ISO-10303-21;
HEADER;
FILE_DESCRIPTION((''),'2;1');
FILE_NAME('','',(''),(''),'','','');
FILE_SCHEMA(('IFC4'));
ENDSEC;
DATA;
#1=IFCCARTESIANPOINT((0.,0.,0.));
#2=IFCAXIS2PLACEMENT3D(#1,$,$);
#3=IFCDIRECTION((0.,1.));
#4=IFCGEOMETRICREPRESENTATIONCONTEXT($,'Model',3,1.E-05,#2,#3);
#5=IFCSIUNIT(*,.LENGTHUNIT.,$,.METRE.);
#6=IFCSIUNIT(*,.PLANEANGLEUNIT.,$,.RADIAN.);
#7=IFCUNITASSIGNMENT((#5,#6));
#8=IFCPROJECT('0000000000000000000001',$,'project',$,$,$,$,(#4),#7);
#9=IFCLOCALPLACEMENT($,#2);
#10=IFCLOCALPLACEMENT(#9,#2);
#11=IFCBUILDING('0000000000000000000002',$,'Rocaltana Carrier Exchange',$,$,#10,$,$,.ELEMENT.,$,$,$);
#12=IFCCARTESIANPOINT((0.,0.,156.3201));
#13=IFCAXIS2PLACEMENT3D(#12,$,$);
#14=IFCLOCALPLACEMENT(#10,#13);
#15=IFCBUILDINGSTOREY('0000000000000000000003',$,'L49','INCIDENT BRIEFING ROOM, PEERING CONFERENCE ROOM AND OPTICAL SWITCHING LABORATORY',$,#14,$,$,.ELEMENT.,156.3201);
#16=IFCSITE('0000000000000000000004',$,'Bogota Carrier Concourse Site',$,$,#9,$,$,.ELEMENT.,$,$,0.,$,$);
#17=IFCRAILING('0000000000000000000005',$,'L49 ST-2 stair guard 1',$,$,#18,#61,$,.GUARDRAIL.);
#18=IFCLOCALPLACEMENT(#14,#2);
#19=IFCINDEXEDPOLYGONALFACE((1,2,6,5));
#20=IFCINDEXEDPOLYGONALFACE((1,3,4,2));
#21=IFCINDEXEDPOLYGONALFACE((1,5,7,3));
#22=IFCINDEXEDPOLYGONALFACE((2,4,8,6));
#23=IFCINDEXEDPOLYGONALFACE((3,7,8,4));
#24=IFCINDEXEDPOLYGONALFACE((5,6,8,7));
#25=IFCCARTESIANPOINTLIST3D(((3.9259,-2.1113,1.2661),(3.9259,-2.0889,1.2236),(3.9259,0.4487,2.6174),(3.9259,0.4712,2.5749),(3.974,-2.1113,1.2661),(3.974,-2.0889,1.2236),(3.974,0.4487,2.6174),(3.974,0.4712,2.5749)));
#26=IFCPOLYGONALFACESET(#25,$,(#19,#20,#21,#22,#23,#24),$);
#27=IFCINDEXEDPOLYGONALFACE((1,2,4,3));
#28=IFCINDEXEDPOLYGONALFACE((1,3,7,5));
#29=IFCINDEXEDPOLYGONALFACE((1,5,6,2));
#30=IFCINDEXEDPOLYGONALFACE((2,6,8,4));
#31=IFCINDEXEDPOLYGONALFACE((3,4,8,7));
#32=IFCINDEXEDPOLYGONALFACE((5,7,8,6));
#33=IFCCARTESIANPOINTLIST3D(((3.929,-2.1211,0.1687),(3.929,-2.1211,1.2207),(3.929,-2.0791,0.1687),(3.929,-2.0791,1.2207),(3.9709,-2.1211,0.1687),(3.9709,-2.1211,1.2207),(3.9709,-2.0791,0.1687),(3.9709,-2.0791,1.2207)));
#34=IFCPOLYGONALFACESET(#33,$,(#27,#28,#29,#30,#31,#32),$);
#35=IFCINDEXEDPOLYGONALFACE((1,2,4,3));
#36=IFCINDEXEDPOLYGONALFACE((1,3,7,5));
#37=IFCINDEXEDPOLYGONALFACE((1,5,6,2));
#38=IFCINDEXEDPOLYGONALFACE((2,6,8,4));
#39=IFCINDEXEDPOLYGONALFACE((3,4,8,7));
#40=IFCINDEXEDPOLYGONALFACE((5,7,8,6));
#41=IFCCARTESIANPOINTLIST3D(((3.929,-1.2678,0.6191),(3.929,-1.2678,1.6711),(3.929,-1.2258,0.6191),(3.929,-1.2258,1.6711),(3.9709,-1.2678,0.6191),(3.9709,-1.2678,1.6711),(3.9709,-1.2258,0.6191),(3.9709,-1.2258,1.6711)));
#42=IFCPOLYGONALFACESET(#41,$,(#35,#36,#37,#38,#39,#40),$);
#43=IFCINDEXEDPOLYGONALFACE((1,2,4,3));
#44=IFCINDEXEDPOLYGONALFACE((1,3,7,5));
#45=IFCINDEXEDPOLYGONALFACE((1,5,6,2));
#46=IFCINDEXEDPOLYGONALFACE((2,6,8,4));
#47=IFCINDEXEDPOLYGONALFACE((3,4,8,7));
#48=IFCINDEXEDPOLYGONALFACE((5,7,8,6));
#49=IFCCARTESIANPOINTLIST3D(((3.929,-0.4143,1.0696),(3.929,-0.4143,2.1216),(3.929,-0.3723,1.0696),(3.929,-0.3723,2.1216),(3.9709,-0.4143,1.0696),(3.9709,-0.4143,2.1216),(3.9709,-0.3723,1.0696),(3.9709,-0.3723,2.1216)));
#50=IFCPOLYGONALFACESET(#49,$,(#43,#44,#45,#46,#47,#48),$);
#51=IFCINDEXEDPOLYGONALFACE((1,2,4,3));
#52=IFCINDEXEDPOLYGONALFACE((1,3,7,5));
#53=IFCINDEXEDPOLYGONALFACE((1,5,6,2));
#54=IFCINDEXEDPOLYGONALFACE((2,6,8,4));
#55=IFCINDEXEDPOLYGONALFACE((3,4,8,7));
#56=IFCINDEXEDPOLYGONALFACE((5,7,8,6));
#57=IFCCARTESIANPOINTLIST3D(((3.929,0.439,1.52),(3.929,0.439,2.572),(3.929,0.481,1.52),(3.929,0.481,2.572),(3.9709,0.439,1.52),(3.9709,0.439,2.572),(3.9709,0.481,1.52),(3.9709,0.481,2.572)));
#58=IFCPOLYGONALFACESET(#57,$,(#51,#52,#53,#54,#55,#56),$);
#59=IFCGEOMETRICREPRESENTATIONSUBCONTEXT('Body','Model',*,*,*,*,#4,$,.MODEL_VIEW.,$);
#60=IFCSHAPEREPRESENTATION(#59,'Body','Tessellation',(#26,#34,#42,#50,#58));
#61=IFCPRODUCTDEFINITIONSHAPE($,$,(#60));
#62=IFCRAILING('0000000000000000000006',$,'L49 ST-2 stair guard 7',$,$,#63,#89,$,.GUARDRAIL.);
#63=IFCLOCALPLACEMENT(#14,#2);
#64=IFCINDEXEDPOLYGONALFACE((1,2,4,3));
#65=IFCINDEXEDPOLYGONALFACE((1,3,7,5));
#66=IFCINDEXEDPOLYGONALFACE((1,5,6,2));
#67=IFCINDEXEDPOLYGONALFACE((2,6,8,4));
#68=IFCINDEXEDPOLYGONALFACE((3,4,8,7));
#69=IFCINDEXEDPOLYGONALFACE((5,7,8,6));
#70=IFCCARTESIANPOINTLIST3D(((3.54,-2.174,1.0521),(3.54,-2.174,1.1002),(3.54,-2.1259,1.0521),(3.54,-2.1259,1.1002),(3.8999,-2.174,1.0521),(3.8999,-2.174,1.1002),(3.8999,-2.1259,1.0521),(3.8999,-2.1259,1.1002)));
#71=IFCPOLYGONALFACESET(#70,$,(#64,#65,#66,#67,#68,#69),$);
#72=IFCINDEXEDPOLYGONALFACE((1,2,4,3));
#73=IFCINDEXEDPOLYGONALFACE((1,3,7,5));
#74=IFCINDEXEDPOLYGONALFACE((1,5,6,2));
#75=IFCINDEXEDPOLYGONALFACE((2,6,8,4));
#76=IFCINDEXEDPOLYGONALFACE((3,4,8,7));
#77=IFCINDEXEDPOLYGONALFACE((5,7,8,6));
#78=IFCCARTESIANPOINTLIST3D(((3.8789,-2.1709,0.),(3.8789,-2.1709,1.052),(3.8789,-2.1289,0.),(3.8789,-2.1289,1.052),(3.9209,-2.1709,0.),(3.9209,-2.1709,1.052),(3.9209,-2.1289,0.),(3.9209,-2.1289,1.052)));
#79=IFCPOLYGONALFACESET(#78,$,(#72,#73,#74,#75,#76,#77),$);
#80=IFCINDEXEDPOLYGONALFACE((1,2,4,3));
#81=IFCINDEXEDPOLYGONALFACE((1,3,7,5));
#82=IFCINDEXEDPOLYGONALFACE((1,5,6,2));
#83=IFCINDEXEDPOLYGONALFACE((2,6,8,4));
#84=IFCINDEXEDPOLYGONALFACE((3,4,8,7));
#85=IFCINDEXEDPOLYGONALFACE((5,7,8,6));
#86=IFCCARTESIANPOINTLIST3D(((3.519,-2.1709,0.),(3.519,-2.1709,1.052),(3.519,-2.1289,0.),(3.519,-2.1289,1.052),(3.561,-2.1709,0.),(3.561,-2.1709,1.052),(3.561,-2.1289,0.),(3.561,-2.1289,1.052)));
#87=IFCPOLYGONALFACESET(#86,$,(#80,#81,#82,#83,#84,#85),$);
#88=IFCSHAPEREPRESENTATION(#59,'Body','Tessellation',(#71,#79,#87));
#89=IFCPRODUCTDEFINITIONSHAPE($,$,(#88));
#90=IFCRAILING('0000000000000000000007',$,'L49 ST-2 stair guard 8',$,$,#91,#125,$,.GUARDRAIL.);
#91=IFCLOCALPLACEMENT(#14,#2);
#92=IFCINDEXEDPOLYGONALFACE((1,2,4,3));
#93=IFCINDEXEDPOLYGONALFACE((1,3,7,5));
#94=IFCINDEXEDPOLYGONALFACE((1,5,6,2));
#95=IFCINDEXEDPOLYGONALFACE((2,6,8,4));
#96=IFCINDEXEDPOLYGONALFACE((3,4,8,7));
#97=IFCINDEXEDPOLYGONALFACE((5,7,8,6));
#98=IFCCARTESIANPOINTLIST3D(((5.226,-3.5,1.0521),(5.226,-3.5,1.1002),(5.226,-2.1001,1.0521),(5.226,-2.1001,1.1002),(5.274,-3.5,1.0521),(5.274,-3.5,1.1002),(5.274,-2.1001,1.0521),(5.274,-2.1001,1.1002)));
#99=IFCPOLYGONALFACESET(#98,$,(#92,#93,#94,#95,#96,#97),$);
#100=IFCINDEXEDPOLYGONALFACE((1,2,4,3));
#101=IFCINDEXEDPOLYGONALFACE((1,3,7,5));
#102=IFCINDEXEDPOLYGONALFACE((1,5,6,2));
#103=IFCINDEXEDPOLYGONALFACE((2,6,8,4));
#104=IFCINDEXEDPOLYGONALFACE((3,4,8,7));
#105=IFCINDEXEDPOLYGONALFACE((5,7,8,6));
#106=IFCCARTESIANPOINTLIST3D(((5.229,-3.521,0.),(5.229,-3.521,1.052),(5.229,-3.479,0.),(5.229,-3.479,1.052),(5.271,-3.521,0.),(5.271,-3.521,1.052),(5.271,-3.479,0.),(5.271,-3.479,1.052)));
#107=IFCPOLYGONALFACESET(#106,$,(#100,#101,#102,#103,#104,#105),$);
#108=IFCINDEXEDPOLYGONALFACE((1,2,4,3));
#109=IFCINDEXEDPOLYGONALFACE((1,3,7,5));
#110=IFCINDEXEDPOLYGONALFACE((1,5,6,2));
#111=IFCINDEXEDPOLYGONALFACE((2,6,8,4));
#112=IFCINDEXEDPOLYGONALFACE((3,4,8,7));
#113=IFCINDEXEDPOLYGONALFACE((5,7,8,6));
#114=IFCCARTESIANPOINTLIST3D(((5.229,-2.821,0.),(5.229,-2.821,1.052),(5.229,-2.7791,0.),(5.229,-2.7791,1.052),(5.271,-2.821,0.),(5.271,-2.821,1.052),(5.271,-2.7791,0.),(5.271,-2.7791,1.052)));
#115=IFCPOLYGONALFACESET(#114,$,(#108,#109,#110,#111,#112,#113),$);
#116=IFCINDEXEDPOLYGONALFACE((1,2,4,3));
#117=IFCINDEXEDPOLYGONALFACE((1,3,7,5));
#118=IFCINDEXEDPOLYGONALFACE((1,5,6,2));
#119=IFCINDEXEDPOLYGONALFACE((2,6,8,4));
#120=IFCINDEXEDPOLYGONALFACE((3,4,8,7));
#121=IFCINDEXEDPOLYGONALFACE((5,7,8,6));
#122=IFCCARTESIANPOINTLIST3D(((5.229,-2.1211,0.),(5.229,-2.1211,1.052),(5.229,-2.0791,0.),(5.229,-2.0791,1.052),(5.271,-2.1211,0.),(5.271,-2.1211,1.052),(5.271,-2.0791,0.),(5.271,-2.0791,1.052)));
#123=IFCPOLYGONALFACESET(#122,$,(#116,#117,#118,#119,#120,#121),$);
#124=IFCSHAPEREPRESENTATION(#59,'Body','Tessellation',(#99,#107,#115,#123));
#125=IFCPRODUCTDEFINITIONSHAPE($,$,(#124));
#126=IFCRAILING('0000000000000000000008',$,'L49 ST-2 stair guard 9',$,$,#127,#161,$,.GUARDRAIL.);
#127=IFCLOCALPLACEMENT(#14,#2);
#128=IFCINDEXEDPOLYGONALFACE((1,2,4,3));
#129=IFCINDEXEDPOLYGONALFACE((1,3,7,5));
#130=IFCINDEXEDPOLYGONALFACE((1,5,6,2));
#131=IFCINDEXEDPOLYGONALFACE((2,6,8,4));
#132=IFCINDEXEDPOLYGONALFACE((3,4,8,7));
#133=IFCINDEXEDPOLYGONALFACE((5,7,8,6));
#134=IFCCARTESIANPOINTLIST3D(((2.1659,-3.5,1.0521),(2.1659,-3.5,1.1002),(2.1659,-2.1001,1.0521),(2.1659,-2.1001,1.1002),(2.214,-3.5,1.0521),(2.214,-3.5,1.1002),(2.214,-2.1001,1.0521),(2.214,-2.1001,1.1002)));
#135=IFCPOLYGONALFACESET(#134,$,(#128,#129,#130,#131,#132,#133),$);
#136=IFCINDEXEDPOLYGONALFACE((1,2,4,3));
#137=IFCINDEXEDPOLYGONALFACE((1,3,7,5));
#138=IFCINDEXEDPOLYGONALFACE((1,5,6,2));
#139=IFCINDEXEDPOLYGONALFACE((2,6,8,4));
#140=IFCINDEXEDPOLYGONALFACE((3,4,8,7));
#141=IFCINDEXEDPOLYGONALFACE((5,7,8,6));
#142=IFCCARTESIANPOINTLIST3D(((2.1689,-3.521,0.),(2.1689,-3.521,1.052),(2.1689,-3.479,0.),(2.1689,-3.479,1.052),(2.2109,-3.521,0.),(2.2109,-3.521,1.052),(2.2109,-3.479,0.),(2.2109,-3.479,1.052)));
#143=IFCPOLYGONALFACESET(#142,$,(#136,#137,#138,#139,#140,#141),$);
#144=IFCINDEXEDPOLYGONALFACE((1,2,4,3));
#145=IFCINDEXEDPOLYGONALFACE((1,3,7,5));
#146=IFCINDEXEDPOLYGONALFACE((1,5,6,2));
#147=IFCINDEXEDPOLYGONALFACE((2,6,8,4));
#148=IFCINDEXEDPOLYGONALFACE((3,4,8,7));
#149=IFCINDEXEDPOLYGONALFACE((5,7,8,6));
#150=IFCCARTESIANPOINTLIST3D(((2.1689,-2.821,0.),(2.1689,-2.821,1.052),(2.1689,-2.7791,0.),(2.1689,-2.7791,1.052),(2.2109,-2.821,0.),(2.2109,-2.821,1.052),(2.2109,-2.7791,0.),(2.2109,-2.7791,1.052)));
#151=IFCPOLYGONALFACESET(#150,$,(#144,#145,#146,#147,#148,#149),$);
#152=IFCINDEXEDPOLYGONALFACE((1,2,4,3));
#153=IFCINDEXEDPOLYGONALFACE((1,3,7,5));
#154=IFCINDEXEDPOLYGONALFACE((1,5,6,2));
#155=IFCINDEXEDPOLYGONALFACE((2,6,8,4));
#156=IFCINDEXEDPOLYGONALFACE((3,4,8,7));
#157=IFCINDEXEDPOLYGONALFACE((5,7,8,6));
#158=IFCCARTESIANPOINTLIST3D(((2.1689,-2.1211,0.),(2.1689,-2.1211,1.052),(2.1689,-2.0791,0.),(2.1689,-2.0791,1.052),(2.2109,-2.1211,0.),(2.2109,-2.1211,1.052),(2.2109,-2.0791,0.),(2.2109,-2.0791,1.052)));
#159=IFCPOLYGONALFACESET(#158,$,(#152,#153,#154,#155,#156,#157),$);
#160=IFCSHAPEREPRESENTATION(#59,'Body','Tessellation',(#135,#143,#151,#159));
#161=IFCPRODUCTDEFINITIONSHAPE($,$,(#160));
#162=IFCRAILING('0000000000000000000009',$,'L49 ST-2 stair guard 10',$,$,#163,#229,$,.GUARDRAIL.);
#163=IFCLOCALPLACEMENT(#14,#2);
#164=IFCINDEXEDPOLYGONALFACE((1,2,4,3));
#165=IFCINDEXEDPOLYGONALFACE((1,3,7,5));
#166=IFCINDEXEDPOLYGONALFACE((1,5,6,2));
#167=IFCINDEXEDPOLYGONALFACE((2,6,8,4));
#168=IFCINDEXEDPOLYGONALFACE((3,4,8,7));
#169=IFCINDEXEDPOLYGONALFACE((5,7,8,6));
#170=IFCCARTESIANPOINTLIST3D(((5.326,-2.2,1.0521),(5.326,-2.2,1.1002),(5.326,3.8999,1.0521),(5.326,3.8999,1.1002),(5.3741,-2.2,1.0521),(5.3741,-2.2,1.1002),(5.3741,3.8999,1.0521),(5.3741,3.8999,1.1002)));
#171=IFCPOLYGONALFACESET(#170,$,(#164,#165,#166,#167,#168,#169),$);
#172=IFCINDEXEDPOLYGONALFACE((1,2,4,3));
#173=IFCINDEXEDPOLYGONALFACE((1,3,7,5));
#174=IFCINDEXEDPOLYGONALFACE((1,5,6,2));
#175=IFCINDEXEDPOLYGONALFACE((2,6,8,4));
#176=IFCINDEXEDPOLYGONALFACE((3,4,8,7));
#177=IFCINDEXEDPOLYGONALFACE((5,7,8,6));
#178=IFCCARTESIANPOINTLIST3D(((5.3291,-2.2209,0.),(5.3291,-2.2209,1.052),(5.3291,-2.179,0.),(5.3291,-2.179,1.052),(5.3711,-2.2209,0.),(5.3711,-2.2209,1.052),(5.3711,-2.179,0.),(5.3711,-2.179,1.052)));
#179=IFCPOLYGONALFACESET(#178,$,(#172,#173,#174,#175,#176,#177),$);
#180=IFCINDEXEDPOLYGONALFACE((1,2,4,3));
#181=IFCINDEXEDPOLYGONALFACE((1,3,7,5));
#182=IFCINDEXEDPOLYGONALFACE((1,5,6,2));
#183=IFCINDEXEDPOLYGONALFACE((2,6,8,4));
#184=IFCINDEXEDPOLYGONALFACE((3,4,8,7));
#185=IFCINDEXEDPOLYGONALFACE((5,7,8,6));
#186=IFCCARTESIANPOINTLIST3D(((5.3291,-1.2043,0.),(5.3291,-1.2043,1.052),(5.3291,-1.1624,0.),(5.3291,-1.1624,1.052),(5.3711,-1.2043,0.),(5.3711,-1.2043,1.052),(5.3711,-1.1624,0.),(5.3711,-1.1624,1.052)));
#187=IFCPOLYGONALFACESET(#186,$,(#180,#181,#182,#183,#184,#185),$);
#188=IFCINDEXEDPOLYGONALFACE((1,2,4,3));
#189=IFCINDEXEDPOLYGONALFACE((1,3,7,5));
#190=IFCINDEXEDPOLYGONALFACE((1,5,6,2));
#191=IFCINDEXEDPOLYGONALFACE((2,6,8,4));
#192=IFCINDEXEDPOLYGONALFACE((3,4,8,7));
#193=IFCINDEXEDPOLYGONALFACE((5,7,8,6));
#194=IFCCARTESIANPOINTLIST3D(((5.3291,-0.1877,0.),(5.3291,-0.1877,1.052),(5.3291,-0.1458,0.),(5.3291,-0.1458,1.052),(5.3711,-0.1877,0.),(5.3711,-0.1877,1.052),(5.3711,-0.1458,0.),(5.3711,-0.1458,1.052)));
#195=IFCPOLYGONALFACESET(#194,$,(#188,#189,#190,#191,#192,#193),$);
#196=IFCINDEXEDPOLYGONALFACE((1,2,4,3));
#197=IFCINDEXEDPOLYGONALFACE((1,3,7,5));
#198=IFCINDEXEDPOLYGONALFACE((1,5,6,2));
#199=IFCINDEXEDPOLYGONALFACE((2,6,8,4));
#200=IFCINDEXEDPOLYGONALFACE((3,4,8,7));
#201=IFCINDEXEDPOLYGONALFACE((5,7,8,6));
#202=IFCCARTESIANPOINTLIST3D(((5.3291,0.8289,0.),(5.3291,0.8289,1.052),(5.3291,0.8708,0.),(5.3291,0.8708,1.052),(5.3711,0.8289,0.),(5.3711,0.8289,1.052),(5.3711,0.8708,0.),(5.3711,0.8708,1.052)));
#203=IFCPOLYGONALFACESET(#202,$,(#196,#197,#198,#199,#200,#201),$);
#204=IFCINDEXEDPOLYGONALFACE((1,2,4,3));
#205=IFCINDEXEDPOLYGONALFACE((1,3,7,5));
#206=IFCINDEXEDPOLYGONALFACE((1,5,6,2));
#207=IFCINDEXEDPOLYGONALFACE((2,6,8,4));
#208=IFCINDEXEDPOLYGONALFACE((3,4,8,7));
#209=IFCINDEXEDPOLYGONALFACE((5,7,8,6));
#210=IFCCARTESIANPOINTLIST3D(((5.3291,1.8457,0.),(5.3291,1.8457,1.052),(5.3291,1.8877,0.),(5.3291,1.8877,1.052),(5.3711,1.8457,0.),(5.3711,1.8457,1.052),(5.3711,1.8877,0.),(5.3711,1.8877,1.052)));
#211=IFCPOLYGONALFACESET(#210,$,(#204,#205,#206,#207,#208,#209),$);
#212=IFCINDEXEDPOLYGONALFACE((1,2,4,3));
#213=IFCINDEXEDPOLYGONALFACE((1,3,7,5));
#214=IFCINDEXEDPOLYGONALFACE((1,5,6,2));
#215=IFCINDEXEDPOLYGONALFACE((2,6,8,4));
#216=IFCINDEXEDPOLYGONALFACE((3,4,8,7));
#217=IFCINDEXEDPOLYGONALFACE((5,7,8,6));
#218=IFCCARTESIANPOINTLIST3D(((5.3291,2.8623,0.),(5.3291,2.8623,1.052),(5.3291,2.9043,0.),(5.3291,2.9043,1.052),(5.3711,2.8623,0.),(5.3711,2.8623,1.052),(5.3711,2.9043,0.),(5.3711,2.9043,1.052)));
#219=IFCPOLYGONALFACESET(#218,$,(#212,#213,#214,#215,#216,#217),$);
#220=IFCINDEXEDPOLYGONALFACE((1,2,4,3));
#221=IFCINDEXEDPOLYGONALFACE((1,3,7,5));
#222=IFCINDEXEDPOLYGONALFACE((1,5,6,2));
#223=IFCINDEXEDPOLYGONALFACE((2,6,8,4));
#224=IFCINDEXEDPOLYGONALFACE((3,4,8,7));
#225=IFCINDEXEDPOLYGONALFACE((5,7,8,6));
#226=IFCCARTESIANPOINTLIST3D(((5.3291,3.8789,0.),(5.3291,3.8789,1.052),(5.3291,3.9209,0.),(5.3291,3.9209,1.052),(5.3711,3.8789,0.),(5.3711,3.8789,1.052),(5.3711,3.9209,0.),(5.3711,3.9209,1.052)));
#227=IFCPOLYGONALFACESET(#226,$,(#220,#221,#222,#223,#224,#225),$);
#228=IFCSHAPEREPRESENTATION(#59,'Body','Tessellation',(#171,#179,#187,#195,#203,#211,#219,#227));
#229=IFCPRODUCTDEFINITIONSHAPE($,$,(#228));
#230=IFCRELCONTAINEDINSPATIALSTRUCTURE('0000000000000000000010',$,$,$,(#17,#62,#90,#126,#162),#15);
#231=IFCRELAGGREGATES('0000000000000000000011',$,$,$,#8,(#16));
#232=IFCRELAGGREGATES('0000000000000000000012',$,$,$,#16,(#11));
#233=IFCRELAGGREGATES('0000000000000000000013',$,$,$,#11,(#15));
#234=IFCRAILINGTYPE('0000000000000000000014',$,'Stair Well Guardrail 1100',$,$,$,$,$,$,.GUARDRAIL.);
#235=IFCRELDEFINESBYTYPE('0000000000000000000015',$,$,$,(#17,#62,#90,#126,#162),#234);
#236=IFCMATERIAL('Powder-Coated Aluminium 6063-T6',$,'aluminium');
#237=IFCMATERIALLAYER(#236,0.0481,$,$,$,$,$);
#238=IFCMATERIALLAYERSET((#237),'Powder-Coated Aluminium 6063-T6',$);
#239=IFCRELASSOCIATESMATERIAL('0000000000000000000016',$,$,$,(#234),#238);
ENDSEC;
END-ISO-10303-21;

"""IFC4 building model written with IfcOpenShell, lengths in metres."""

from ifc_helpers import new_model, si_unit, direction, frame, origin, origin_2d, place, context, subcontext, project, spatial, rectangle, extrude, material, layer, layer_set, type_object, element, save


model = new_model("IFC4")

# Units and contexts
model_context = context("Model", 3, precision=1e-05, world=origin(), true_north=direction((0.0, 1.0)))
body_context = subcontext(model_context, "Body", "Model", "MODEL_VIEW")
ifc_project = project(units=[si_unit("LENGTHUNIT", "METRE"), si_unit("PLANEANGLEUNIT", "RADIAN")], contexts=[model_context])

# Site, building, storey
site_placement = place(None, origin())
site = spatial("IfcSite", under=ifc_project, at=site_placement, Name="Bogota Carrier Concourse Site", CompositionType="ELEMENT", RefElevation=0.0)
building_placement = place(site_placement, origin())
building = spatial("IfcBuilding", under=site, at=building_placement, Name="Rocaltana Carrier Exchange", CompositionType="ELEMENT")
storey_placement = place(building_placement, frame((0.0, 0.0, 156.3201)))
storey = spatial("IfcBuildingStorey", under=building, at=storey_placement, Name="L49", Description="INCIDENT BRIEFING ROOM, PEERING CONFERENCE ROOM AND OPTICAL SWITCHING LABORATORY", CompositionType="ELEMENT", Elevation=156.3201)

# Railings
ifc_material_1 = material(Name="Powder-Coated Aluminium 6063-T6", Category="aluminium")
ifc_layer_1 = layer(ifc_material_1, 0.0481)
ifc_layer_set_1 = layer_set([ifc_layer_1], Name="Powder-Coated Aluminium 6063-T6")
railing_type_1 = type_object("IfcRailingType", Name="Stair Well Guardrail 1100", PredefinedType="GUARDRAIL", material=ifc_layer_set_1)
railing_1_placement = place(storey_placement, frame((3.95, -2.1001, 0.1687)))
element("IfcRailing", 1, at=railing_1_placement, inside=storey, type_object=railing_type_1, Name="L49 ST-2 stair guard 1", PredefinedType="GUARDRAIL", context=body_context, shape_type="SweptSolid", body=[
    extrude(rectangle(XDim=0.0481, YDim=0.0481, at=origin_2d()), frame((0.0, 0.0, 1.0762), z_axis=(0.0, 0.88436, 0.466806), x_axis=(-1.0, 0.0, 0.0)), (0.0, 0.0, 1.0), 2.8948),
    extrude(rectangle(XDim=0.042, YDim=0.042, at=origin_2d()), origin(), (0.0, 0.0, 1.0), 1.052),
    extrude(rectangle(XDim=0.042, YDim=0.042, at=origin_2d()), frame((0.0, 0.8533, 0.4504)), (0.0, 0.0, 1.0), 1.052),
    extrude(rectangle(XDim=0.042, YDim=0.042, at=origin_2d()), frame((0.0, 1.7068, 0.9009)), (0.0, 0.0, 1.0), 1.052),
    extrude(rectangle(XDim=0.042, YDim=0.042, at=origin_2d()), frame((0.0, 2.5601, 1.3513)), (0.0, 0.0, 1.0), 1.052),
])
railing_2_placement = place(storey_placement, frame((3.8999, -2.1499, 0.0)))
element("IfcRailing", 2, at=railing_2_placement, inside=storey, type_object=railing_type_1, Name="L49 ST-2 stair guard 7", PredefinedType="GUARDRAIL", context=body_context, shape_type="SweptSolid", body=[
    extrude(rectangle(XDim=0.0481, YDim=0.0481, at=origin_2d()), frame((0.0, 0.0, 1.0762), z_axis=(-1.0, 0.0, 0.0), x_axis=(0.0, -1.0, 0.0)), (0.0, 0.0, 1.0), 0.3599),
    extrude(rectangle(XDim=0.042, YDim=0.042, at=origin_2d()), origin(), (0.0, 0.0, 1.0), 1.052),
    extrude(rectangle(XDim=0.042, YDim=0.042, at=origin_2d()), frame((-0.3599, 0.0, 0.0)), (0.0, 0.0, 1.0), 1.052),
])
for number, where, name in (
    (3, (5.25, -3.5, 0.0), "L49 ST-2 stair guard 8"),
    (4, (2.1899, -3.5, 0.0), "L49 ST-2 stair guard 9"),
):
    element("IfcRailing", number, at=place(storey_placement, frame(where)), inside=storey, type_object=railing_type_1, Name=name, PredefinedType="GUARDRAIL", context=body_context, shape_type="SweptSolid", body=[
        extrude(rectangle(XDim=0.0481, YDim=0.0481, at=origin_2d()), frame((0.0, 0.0, 1.0762), z_axis=(0.0, 1.0, 0.0), x_axis=(-1.0, 0.0, 0.0)), (0.0, 0.0, 1.0), 1.3999),
        extrude(rectangle(XDim=0.042, YDim=0.042, at=origin_2d()), origin(), (0.0, 0.0, 1.0), 1.052),
        extrude(rectangle(XDim=0.042, YDim=0.042, at=origin_2d()), frame((0.0, 0.7, 0.0)), (0.0, 0.0, 1.0), 1.052),
        extrude(rectangle(XDim=0.042, YDim=0.042, at=origin_2d()), frame((0.0, 1.3999, 0.0)), (0.0, 0.0, 1.0), 1.052),
    ])
for number, where, name in (
    (5, (5.3501, -2.2, 0.0), "L49 ST-2 stair guard 10"),
):
    element("IfcRailing", number, at=place(storey_placement, frame(where)), inside=storey, type_object=railing_type_1, Name=name, PredefinedType="GUARDRAIL", context=body_context, shape_type="SweptSolid", body=[
        extrude(rectangle(XDim=0.0481, YDim=0.0481, at=origin_2d()), frame((0.0, 0.0, 1.0762), z_axis=(0.0, 1.0, 0.0), x_axis=(-1.0, 0.0, 0.0)), (0.0, 0.0, 1.0), 6.0999),
        extrude(rectangle(XDim=0.042, YDim=0.042, at=origin_2d()), origin(), (0.0, 0.0, 1.0), 1.052),
        extrude(rectangle(XDim=0.042, YDim=0.042, at=origin_2d()), frame((0.0, 1.0166, 0.0)), (0.0, 0.0, 1.0), 1.052),
        extrude(rectangle(XDim=0.042, YDim=0.042, at=origin_2d()), frame((0.0, 2.0332, 0.0)), (0.0, 0.0, 1.0), 1.052),
        extrude(rectangle(XDim=0.042, YDim=0.042, at=origin_2d()), frame((0.0, 3.0498, 0.0)), (0.0, 0.0, 1.0), 1.052),
        extrude(rectangle(XDim=0.042, YDim=0.042, at=origin_2d()), frame((0.0, 4.0667, 0.0)), (0.0, 0.0, 1.0), 1.052),
        extrude(rectangle(XDim=0.042, YDim=0.042, at=origin_2d()), frame((0.0, 5.0833, 0.0)), (0.0, 0.0, 1.0), 1.052),
        extrude(rectangle(XDim=0.042, YDim=0.042, at=origin_2d()), frame((0.0, 6.0999, 0.0)), (0.0, 0.0, 1.0), 1.052),
    ])

save(model, "model.ifc")
